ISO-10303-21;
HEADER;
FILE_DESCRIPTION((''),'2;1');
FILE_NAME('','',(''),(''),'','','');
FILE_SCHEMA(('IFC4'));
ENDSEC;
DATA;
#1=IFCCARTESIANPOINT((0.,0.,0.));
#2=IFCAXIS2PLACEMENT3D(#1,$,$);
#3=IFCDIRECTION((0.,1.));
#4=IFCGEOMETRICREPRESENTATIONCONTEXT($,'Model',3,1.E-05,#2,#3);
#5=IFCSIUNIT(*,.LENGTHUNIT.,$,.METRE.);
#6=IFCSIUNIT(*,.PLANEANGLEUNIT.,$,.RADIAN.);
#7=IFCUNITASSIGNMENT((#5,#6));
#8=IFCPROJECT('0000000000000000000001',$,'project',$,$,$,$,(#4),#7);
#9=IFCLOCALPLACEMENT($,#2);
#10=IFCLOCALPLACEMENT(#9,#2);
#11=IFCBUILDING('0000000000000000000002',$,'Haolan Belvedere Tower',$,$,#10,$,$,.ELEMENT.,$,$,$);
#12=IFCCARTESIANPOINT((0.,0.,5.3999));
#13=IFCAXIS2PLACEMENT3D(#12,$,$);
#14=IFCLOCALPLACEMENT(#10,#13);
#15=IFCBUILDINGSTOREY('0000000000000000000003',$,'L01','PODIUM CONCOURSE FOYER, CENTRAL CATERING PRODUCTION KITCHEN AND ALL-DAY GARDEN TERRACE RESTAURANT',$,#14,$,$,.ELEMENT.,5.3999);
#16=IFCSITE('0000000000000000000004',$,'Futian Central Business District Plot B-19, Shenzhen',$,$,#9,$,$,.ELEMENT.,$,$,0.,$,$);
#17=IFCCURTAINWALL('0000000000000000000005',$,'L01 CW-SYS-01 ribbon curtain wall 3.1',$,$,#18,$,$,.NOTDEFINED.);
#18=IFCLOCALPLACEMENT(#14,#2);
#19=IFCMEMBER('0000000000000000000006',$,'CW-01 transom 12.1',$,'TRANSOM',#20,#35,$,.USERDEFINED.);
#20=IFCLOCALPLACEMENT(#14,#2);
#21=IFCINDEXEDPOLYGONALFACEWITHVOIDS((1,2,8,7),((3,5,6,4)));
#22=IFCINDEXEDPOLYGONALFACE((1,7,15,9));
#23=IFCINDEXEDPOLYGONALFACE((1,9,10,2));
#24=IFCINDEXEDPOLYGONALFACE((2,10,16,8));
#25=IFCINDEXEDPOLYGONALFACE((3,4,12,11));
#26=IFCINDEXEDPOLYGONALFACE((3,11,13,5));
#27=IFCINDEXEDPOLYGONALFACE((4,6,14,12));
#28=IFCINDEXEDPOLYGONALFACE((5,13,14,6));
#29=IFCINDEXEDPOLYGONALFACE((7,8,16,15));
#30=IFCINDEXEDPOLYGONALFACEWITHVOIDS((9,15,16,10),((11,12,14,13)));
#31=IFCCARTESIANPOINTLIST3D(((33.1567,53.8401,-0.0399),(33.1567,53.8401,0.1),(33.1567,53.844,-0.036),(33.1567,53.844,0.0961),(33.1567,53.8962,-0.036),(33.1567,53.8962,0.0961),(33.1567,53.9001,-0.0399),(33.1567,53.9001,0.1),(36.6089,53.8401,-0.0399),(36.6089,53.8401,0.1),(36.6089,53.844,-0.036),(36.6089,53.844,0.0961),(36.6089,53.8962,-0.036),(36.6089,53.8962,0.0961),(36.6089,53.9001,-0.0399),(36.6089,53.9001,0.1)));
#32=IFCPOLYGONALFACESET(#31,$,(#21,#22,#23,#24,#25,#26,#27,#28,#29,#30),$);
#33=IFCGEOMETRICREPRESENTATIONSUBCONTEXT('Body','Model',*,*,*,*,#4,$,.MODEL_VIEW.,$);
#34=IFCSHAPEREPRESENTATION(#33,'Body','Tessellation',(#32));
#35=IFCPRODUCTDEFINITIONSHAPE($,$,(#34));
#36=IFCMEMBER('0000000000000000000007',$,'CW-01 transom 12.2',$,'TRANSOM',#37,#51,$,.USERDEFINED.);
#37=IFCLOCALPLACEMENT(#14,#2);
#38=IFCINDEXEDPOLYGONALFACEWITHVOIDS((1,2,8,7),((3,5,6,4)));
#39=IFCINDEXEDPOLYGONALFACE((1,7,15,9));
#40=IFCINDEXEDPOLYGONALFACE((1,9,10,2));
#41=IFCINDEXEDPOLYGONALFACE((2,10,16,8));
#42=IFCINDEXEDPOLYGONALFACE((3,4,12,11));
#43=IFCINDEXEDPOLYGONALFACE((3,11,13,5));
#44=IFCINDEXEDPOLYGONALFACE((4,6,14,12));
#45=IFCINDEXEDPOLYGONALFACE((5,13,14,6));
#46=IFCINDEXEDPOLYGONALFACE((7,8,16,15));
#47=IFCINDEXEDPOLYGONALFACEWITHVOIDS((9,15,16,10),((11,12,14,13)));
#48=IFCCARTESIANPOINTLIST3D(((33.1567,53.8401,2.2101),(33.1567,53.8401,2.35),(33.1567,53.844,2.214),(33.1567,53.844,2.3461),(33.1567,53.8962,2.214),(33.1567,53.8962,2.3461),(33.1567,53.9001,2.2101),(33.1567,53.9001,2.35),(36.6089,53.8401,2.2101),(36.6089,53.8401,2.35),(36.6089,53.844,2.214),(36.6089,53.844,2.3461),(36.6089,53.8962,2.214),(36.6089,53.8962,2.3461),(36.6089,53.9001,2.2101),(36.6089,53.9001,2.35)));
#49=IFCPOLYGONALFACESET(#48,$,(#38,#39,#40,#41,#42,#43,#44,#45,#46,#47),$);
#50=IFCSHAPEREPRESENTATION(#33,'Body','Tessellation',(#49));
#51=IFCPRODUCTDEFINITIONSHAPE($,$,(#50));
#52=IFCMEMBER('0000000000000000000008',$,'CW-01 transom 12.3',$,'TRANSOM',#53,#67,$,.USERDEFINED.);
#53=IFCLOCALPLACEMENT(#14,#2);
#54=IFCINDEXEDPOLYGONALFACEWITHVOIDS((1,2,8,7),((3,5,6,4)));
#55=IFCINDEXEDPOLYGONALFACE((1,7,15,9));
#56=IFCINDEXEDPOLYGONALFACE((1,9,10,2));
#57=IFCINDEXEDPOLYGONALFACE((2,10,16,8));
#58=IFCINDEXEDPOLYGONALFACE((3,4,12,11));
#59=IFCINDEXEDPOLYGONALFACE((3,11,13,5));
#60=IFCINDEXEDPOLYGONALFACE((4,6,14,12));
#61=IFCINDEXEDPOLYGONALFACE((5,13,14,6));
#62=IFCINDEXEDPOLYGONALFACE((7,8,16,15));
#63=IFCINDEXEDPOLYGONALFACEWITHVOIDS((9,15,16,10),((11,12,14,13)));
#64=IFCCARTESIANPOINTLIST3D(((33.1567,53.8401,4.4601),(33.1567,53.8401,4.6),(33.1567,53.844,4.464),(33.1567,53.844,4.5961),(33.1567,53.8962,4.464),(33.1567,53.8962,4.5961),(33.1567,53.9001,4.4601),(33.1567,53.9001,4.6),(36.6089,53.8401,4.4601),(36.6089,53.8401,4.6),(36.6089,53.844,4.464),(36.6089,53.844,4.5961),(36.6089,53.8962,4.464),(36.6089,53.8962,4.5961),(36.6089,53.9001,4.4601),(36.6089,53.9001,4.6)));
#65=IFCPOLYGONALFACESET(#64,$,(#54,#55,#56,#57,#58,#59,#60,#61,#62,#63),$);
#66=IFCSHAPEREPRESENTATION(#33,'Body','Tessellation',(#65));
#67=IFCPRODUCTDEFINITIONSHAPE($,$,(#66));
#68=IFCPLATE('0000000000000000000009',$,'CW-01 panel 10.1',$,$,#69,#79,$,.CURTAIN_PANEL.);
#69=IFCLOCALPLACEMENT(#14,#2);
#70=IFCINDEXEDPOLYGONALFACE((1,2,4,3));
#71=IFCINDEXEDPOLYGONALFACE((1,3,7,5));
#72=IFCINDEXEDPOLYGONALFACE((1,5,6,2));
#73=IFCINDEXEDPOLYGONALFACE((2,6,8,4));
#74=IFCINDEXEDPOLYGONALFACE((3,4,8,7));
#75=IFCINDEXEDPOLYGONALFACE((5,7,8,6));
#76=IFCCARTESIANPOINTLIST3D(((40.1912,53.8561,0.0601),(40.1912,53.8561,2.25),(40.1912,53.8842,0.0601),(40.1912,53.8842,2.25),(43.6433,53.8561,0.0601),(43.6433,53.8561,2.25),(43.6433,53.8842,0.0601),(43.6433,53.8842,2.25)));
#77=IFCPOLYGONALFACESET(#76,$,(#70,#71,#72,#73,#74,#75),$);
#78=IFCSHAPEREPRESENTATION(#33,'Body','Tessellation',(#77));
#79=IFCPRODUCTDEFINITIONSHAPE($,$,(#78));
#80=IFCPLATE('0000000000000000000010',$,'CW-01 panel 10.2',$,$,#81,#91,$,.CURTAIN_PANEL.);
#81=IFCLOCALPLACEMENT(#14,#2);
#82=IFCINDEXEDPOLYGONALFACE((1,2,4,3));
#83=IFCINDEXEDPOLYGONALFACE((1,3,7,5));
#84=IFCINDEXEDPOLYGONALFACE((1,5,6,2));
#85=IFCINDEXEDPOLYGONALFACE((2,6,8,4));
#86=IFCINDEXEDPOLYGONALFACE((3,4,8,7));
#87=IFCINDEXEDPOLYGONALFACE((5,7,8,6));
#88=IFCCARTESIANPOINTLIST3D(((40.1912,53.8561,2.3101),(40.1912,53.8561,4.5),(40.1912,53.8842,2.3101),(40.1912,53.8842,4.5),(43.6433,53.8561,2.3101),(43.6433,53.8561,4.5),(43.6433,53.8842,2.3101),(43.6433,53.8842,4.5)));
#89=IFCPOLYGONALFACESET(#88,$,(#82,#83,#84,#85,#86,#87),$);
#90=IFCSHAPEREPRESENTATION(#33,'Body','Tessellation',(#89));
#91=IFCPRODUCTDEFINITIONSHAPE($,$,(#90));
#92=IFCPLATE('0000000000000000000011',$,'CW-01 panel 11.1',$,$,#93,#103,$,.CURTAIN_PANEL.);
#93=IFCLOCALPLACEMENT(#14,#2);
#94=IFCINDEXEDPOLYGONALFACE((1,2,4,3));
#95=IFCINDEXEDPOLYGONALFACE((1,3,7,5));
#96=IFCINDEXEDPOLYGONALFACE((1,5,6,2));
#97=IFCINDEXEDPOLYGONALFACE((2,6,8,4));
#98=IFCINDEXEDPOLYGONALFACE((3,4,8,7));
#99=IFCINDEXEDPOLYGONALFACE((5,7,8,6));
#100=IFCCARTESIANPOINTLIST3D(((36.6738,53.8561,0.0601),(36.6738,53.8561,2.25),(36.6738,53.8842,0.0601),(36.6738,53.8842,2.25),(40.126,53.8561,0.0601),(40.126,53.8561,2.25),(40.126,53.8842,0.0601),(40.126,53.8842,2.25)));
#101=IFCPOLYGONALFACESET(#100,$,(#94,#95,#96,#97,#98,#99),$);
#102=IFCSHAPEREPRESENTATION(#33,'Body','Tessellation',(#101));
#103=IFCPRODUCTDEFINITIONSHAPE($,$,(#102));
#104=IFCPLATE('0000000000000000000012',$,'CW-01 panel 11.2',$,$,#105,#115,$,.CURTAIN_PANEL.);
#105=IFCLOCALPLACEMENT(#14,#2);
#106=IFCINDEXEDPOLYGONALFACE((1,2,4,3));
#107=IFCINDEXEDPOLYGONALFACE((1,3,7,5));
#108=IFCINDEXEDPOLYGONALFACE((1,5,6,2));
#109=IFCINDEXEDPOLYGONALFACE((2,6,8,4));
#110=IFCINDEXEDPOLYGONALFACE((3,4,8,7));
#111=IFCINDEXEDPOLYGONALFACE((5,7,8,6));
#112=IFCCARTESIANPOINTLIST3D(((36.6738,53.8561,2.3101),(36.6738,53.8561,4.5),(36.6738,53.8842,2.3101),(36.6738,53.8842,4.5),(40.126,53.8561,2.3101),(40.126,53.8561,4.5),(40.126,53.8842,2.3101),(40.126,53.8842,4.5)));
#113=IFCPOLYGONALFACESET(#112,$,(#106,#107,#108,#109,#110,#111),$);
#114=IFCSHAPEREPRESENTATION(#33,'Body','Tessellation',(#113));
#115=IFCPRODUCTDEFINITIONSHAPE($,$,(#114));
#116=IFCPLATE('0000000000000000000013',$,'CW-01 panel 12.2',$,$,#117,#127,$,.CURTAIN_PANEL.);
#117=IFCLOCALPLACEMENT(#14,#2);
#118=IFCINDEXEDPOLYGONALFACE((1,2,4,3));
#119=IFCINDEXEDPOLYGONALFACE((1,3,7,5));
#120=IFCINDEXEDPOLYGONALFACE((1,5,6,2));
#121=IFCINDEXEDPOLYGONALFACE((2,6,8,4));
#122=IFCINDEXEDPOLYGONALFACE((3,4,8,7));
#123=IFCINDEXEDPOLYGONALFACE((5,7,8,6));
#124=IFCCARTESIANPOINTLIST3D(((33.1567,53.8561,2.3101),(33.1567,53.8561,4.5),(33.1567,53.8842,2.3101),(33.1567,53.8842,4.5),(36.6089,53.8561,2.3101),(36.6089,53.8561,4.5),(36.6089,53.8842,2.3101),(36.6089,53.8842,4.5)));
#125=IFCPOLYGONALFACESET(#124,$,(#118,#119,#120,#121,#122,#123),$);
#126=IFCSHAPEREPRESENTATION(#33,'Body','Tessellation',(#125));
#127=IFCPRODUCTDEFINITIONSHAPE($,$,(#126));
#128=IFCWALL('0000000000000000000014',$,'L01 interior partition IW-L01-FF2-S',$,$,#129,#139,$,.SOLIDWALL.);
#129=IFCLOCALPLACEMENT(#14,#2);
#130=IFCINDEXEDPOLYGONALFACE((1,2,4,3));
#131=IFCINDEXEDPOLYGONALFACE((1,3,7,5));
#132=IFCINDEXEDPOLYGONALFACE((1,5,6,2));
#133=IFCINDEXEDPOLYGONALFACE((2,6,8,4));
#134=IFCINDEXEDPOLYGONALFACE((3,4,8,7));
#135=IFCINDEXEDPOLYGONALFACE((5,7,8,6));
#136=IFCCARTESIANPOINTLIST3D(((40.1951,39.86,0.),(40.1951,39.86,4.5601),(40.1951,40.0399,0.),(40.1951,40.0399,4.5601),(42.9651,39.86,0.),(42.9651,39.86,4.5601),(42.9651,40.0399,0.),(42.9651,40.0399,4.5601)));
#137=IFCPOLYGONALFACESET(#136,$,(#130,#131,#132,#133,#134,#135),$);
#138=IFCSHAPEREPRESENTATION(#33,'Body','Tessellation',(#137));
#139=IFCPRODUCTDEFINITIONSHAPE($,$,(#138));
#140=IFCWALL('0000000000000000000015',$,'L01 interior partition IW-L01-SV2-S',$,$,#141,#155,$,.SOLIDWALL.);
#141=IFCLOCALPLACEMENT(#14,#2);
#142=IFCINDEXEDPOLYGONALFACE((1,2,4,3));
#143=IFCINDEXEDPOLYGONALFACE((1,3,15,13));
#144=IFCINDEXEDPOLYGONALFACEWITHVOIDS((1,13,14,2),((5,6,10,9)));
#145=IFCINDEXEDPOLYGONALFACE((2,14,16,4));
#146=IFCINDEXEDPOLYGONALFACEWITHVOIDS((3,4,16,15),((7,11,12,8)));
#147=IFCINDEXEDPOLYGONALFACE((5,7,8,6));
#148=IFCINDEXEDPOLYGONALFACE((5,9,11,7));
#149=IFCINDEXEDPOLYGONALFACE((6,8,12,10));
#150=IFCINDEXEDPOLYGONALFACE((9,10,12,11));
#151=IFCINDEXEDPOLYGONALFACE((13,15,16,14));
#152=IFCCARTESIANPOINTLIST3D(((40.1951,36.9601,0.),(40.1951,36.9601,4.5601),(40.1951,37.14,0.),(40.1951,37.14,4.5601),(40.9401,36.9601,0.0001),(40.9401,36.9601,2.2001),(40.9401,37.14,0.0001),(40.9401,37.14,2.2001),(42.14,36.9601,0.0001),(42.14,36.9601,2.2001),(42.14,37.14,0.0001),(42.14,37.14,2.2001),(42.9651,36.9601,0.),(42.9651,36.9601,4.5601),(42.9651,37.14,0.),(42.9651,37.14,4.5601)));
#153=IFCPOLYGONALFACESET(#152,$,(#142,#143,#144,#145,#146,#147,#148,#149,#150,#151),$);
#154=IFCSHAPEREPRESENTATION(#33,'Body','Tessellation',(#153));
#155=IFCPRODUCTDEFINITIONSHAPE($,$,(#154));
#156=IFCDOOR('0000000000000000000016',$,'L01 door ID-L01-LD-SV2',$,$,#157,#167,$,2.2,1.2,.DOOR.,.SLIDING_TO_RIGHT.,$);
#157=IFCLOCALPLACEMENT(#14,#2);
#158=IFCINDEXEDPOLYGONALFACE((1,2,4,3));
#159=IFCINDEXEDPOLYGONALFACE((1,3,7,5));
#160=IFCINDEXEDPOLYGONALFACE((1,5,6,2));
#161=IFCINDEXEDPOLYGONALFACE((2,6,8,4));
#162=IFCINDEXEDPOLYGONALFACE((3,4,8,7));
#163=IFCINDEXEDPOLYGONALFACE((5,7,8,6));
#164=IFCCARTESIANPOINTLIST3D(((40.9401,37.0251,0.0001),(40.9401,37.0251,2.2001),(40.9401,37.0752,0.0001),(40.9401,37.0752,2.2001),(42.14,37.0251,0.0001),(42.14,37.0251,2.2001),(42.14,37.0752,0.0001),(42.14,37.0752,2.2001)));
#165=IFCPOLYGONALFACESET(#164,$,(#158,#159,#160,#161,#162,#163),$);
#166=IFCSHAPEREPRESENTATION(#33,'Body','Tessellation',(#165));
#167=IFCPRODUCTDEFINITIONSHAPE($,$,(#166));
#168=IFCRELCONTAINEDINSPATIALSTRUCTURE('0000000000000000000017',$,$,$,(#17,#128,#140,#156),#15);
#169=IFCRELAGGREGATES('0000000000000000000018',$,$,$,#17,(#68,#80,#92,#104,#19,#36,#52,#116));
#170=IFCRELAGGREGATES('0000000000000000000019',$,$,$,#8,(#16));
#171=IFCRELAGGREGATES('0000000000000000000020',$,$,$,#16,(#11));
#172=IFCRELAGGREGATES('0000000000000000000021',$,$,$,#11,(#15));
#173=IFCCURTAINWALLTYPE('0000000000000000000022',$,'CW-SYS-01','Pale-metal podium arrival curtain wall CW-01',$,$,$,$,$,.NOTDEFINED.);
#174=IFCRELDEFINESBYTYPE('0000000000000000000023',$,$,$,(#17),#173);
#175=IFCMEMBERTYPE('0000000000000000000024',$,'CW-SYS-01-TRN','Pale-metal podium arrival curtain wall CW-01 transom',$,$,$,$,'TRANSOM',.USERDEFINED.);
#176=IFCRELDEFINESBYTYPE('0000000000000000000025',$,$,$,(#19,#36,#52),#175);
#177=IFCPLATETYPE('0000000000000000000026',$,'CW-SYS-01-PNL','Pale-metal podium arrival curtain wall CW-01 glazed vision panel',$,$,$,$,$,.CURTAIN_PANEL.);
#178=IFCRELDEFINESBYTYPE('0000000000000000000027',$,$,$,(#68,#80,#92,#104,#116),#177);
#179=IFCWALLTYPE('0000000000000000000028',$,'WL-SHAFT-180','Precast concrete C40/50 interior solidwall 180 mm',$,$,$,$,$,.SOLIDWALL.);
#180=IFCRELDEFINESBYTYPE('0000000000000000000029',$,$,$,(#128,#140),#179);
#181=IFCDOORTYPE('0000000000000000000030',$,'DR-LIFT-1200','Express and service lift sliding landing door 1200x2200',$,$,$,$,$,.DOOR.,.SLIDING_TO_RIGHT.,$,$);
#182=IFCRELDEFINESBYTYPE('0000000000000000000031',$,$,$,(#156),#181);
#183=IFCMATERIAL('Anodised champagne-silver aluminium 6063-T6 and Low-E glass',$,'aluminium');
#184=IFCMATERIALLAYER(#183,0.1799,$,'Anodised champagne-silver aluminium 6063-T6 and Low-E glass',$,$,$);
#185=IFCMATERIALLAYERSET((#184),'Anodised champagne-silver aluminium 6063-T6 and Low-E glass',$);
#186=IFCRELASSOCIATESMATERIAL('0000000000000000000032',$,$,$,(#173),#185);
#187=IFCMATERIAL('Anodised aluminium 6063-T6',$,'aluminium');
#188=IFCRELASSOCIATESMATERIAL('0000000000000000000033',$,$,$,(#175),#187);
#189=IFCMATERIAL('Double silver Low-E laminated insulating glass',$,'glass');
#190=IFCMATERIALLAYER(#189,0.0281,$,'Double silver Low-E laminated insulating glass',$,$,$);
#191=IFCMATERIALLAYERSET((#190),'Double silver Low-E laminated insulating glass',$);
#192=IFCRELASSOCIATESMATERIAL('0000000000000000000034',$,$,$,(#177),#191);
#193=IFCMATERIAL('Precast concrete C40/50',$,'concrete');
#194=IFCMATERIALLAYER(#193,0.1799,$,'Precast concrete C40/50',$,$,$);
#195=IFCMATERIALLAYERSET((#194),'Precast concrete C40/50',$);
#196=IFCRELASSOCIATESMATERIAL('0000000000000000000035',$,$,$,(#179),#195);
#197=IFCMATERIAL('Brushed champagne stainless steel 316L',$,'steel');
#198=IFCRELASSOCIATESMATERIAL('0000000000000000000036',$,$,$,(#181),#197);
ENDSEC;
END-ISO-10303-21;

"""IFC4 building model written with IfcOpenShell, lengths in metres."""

from ifc_helpers import new_model, si_unit, direction, frame, frame_2d, origin, origin_2d, place, context, subcontext, project, spatial, rectangle, hollow_rectangle, extrude, material, layer, layer_set, material_profile, profile_set, type_object, element, fill, aggregate, save


model = new_model("IFC4")

# Units and contexts
model_context = context("Model", 3, precision=1e-05, world=origin(), true_north=direction((0.0, 1.0)))
body_context = subcontext(model_context, "Body", "Model", "MODEL_VIEW")
ifc_project = project(units=[si_unit("LENGTHUNIT", "METRE"), si_unit("PLANEANGLEUNIT", "RADIAN")], contexts=[model_context])

# Site, building, storey
site_placement = place(None, origin())
site = spatial("IfcSite", under=ifc_project, at=site_placement, Name="Futian Central Business District Plot B-19, Shenzhen", CompositionType="ELEMENT", RefElevation=0.0)
building_placement = place(site_placement, origin())
building = spatial("IfcBuilding", under=site, at=building_placement, Name="Haolan Belvedere Tower", CompositionType="ELEMENT")
storey_placement = place(building_placement, frame((0.0, 0.0, 5.3999)))
storey = spatial("IfcBuildingStorey", under=building, at=storey_placement, Name="L01", Description="PODIUM CONCOURSE FOYER, CENTRAL CATERING PRODUCTION KITCHEN AND ALL-DAY GARDEN TERRACE RESTAURANT", CompositionType="ELEMENT", Elevation=5.3999)

# Curtain wall, members, plates
ifc_material_1 = material(Name="Anodised champagne-silver aluminium 6063-T6 and Low-E glass", Category="aluminium")
ifc_layer_1 = layer(ifc_material_1, 0.1799, Name="Anodised champagne-silver aluminium 6063-T6 and Low-E glass")
ifc_layer_set_1 = layer_set([ifc_layer_1], Name="Anodised champagne-silver aluminium 6063-T6 and Low-E glass")
curtain_wall_type = type_object("IfcCurtainWallType", Name="CW-SYS-01", Description="Pale-metal podium arrival curtain wall CW-01", PredefinedType="NOTDEFINED", material=ifc_layer_set_1)
curtain_wall_placement = place(storey_placement, origin())
curtain_wall = element("IfcCurtainWall", 1, at=curtain_wall_placement, inside=storey, type_object=curtain_wall_type, Name="L01 CW-SYS-01 ribbon curtain wall 3.1", PredefinedType="NOTDEFINED")
ifc_material_2 = material(Name="Anodised aluminium 6063-T6", Category="aluminium")
ifc_material_profile_1 = material_profile(ifc_material_2, hollow_rectangle(XDim=0.0601, YDim=0.1399, WallThickness=0.0039, at=origin_2d()), Name="Anodised aluminium 6063-T6")
ifc_profile_set_1 = profile_set([ifc_material_profile_1], Name="Anodised aluminium 6063-T6")
member_type_1 = type_object("IfcMemberType", Name="CW-SYS-01-TRN", Description="Pale-metal podium arrival curtain wall CW-01 transom", ElementType="TRANSOM", PredefinedType="USERDEFINED", material=ifc_profile_set_1)
member_1_placement = place(storey_placement, frame((36.6089, 53.8701, 0.03), z_axis=(-1.0, 0.0, 0.0), x_axis=(0.0, -1.0, 0.0)))
member_1 = element("IfcMember", 2, at=member_1_placement, type_object=member_type_1, Name="CW-01 transom 12.1", ObjectType="TRANSOM", PredefinedType="USERDEFINED", context=body_context, shape_type="SweptSolid", body=[
    extrude(hollow_rectangle(XDim=0.0601, YDim=0.1399, WallThickness=0.0039, at=origin_2d()), origin(), (0.0, 0.0, 1.0), 3.4521),
])
member_2_placement = place(storey_placement, frame((36.6089, 53.8701, 2.28), z_axis=(-1.0, 0.0, 0.0), x_axis=(0.0, -1.0, 0.0)))
member_2 = element("IfcMember", 3, at=member_2_placement, type_object=member_type_1, Name="CW-01 transom 12.2", ObjectType="TRANSOM", PredefinedType="USERDEFINED", context=body_context, shape_type="SweptSolid", body=[
    extrude(hollow_rectangle(XDim=0.0601, YDim=0.1399, WallThickness=0.0039, at=origin_2d()), origin(), (0.0, 0.0, 1.0), 3.4521),
])
member_3_placement = place(storey_placement, frame((36.6089, 53.8701, 4.53), z_axis=(-1.0, 0.0, 0.0), x_axis=(0.0, -1.0, 0.0)))
member_3 = element("IfcMember", 4, at=member_3_placement, type_object=member_type_1, Name="CW-01 transom 12.3", ObjectType="TRANSOM", PredefinedType="USERDEFINED", context=body_context, shape_type="SweptSolid", body=[
    extrude(hollow_rectangle(XDim=0.0601, YDim=0.1399, WallThickness=0.0039, at=origin_2d()), origin(), (0.0, 0.0, 1.0), 3.4521),
])
ifc_material_3 = material(Name="Double silver Low-E laminated insulating glass", Category="glass")
ifc_layer_2 = layer(ifc_material_3, 0.0281, Name="Double silver Low-E laminated insulating glass")
ifc_layer_set_2 = layer_set([ifc_layer_2], Name="Double silver Low-E laminated insulating glass")
plate_type = type_object("IfcPlateType", Name="CW-SYS-01-PNL", Description="Pale-metal podium arrival curtain wall CW-01 glazed vision panel", PredefinedType="CURTAIN_PANEL", material=ifc_layer_set_2)
plate_1_placement = place(storey_placement, frame((41.9172, 53.8701, 0.0601), z_axis=(0.0, 0.0, 1.0), x_axis=(-1.0, 0.0, 0.0)))
plate_1 = element("IfcPlate", 5, at=plate_1_placement, type_object=plate_type, Name="CW-01 panel 10.1", PredefinedType="CURTAIN_PANEL", context=body_context, shape_type="SweptSolid", body=[
    extrude(rectangle(XDim=3.4521, YDim=0.0281, at=origin_2d()), origin(), (0.0, 0.0, 1.0), 2.1899),
])
plate_2_placement = place(storey_placement, frame((41.9172, 53.8701, 2.3101), z_axis=(0.0, 0.0, 1.0), x_axis=(-1.0, 0.0, 0.0)))
plate_2 = element("IfcPlate", 6, at=plate_2_placement, type_object=plate_type, Name="CW-01 panel 10.2", PredefinedType="CURTAIN_PANEL", context=body_context, shape_type="SweptSolid", body=[
    extrude(rectangle(XDim=3.4521, YDim=0.0281, at=origin_2d()), origin(), (0.0, 0.0, 1.0), 2.1899),
])
plate_3_placement = place(storey_placement, frame((38.3999, 53.8701, 0.0601), z_axis=(0.0, 0.0, 1.0), x_axis=(-1.0, 0.0, 0.0)))
plate_3 = element("IfcPlate", 7, at=plate_3_placement, type_object=plate_type, Name="CW-01 panel 11.1", PredefinedType="CURTAIN_PANEL", context=body_context, shape_type="SweptSolid", body=[
    extrude(rectangle(XDim=3.4521, YDim=0.0281, at=origin_2d()), origin(), (0.0, 0.0, 1.0), 2.1899),
])
plate_4_placement = place(storey_placement, frame((38.3999, 53.8701, 2.3101), z_axis=(0.0, 0.0, 1.0), x_axis=(-1.0, 0.0, 0.0)))
plate_4 = element("IfcPlate", 8, at=plate_4_placement, type_object=plate_type, Name="CW-01 panel 11.2", PredefinedType="CURTAIN_PANEL", context=body_context, shape_type="SweptSolid", body=[
    extrude(rectangle(XDim=3.4521, YDim=0.0281, at=origin_2d()), origin(), (0.0, 0.0, 1.0), 2.1899),
])
plate_5_placement = place(storey_placement, frame((34.8828, 53.8701, 2.3101), z_axis=(0.0, 0.0, 1.0), x_axis=(-1.0, 0.0, 0.0)))
plate_5 = element("IfcPlate", 9, at=plate_5_placement, type_object=plate_type, Name="CW-01 panel 12.2", PredefinedType="CURTAIN_PANEL", context=body_context, shape_type="SweptSolid", body=[
    extrude(rectangle(XDim=3.4521, YDim=0.0281, at=origin_2d()), origin(), (0.0, 0.0, 1.0), 2.1899),
])
aggregate(curtain_wall, [plate_1, plate_2, plate_3, plate_4, member_1, member_2, member_3, plate_5])

# Wall
ifc_material_4 = material(Name="Precast concrete C40/50", Category="concrete")
ifc_layer_3 = layer(ifc_material_4, 0.1799, Name="Precast concrete C40/50")
ifc_layer_set_3 = layer_set([ifc_layer_3], Name="Precast concrete C40/50")
wall_type = type_object("IfcWallType", Name="WL-SHAFT-180", Description="Precast concrete C40/50 interior solidwall 180 mm", PredefinedType="SOLIDWALL", material=ifc_layer_set_3)
wall_1_placement = place(storey_placement, frame((40.1951, 39.95, 0.0), z_axis=(0.0, 0.0, 1.0), x_axis=(1.0, 0.0, 0.0)))
element("IfcWall", 10, at=wall_1_placement, inside=storey, type_object=wall_type, Name="L01 interior partition IW-L01-FF2-S", PredefinedType="SOLIDWALL", context=body_context, shape_type="SweptSolid", body=[
    extrude(rectangle(XDim=2.77, YDim=0.1799, at=frame_2d((1.385, 0.0))), origin(), (0.0, 0.0, 1.0), 4.5601),
])

# Wall, opening, door
wall_2_placement = place(storey_placement, frame((40.1951, 37.05, 0.0), z_axis=(0.0, 0.0, 1.0), x_axis=(1.0, 0.0, 0.0)))
wall_2 = element("IfcWall", 11, at=wall_2_placement, inside=storey, type_object=wall_type, Name="L01 interior partition IW-L01-SV2-S", PredefinedType="SOLIDWALL", context=body_context, shape_type="SweptSolid", body=[
    extrude(rectangle(XDim=2.77, YDim=0.1799, at=frame_2d((1.385, 0.0))), origin(), (0.0, 0.0, 1.0), 4.5601),
])
opening_placement = place(wall_2_placement, frame((1.9451, 0.0, 0.0), z_axis=(0.0, 0.0, 1.0), x_axis=(-1.0, 0.0, 0.0)))
opening = element("IfcOpeningElement", 12, at=opening_placement, cuts=wall_2, PredefinedType="OPENING", context=body_context, shape_type="SweptSolid", body=[
    extrude(rectangle(XDim=1.2, YDim=2.2, at=frame_2d((0.6001, 1.1001))), frame((0.0, 0.0999, 0.0), z_axis=(0.0, -1.0, 0.0), x_axis=(1.0, 0.0, 0.0)), (0.0, 0.0, 1.0), 0.2),
])
ifc_material_5 = material(Name="Brushed champagne stainless steel 316L", Category="steel")
door_type = type_object("IfcDoorType", Name="DR-LIFT-1200", Description="Express and service lift sliding landing door 1200x2200", OperationType="SLIDING_TO_RIGHT", PredefinedType="DOOR", material=ifc_material_5)
door_placement = place(opening_placement, origin())
door = element("IfcDoor", 13, at=door_placement, inside=storey, type_object=door_type, Name="L01 door ID-L01-LD-SV2", OperationType="SLIDING_TO_RIGHT", OverallHeight=2.2, OverallWidth=1.2, PredefinedType="DOOR", context=body_context, shape_type="SweptSolid", body=[
    extrude(rectangle(XDim=1.2, YDim=2.2, at=frame_2d((0.6001, 1.1001))), frame((0.0, 0.0249, 0.0), z_axis=(0.0, -1.0, 0.0), x_axis=(1.0, 0.0, 0.0)), (0.0, 0.0, 1.0), 0.05),
])
fill(opening, door)

save(model, "model.ifc")
